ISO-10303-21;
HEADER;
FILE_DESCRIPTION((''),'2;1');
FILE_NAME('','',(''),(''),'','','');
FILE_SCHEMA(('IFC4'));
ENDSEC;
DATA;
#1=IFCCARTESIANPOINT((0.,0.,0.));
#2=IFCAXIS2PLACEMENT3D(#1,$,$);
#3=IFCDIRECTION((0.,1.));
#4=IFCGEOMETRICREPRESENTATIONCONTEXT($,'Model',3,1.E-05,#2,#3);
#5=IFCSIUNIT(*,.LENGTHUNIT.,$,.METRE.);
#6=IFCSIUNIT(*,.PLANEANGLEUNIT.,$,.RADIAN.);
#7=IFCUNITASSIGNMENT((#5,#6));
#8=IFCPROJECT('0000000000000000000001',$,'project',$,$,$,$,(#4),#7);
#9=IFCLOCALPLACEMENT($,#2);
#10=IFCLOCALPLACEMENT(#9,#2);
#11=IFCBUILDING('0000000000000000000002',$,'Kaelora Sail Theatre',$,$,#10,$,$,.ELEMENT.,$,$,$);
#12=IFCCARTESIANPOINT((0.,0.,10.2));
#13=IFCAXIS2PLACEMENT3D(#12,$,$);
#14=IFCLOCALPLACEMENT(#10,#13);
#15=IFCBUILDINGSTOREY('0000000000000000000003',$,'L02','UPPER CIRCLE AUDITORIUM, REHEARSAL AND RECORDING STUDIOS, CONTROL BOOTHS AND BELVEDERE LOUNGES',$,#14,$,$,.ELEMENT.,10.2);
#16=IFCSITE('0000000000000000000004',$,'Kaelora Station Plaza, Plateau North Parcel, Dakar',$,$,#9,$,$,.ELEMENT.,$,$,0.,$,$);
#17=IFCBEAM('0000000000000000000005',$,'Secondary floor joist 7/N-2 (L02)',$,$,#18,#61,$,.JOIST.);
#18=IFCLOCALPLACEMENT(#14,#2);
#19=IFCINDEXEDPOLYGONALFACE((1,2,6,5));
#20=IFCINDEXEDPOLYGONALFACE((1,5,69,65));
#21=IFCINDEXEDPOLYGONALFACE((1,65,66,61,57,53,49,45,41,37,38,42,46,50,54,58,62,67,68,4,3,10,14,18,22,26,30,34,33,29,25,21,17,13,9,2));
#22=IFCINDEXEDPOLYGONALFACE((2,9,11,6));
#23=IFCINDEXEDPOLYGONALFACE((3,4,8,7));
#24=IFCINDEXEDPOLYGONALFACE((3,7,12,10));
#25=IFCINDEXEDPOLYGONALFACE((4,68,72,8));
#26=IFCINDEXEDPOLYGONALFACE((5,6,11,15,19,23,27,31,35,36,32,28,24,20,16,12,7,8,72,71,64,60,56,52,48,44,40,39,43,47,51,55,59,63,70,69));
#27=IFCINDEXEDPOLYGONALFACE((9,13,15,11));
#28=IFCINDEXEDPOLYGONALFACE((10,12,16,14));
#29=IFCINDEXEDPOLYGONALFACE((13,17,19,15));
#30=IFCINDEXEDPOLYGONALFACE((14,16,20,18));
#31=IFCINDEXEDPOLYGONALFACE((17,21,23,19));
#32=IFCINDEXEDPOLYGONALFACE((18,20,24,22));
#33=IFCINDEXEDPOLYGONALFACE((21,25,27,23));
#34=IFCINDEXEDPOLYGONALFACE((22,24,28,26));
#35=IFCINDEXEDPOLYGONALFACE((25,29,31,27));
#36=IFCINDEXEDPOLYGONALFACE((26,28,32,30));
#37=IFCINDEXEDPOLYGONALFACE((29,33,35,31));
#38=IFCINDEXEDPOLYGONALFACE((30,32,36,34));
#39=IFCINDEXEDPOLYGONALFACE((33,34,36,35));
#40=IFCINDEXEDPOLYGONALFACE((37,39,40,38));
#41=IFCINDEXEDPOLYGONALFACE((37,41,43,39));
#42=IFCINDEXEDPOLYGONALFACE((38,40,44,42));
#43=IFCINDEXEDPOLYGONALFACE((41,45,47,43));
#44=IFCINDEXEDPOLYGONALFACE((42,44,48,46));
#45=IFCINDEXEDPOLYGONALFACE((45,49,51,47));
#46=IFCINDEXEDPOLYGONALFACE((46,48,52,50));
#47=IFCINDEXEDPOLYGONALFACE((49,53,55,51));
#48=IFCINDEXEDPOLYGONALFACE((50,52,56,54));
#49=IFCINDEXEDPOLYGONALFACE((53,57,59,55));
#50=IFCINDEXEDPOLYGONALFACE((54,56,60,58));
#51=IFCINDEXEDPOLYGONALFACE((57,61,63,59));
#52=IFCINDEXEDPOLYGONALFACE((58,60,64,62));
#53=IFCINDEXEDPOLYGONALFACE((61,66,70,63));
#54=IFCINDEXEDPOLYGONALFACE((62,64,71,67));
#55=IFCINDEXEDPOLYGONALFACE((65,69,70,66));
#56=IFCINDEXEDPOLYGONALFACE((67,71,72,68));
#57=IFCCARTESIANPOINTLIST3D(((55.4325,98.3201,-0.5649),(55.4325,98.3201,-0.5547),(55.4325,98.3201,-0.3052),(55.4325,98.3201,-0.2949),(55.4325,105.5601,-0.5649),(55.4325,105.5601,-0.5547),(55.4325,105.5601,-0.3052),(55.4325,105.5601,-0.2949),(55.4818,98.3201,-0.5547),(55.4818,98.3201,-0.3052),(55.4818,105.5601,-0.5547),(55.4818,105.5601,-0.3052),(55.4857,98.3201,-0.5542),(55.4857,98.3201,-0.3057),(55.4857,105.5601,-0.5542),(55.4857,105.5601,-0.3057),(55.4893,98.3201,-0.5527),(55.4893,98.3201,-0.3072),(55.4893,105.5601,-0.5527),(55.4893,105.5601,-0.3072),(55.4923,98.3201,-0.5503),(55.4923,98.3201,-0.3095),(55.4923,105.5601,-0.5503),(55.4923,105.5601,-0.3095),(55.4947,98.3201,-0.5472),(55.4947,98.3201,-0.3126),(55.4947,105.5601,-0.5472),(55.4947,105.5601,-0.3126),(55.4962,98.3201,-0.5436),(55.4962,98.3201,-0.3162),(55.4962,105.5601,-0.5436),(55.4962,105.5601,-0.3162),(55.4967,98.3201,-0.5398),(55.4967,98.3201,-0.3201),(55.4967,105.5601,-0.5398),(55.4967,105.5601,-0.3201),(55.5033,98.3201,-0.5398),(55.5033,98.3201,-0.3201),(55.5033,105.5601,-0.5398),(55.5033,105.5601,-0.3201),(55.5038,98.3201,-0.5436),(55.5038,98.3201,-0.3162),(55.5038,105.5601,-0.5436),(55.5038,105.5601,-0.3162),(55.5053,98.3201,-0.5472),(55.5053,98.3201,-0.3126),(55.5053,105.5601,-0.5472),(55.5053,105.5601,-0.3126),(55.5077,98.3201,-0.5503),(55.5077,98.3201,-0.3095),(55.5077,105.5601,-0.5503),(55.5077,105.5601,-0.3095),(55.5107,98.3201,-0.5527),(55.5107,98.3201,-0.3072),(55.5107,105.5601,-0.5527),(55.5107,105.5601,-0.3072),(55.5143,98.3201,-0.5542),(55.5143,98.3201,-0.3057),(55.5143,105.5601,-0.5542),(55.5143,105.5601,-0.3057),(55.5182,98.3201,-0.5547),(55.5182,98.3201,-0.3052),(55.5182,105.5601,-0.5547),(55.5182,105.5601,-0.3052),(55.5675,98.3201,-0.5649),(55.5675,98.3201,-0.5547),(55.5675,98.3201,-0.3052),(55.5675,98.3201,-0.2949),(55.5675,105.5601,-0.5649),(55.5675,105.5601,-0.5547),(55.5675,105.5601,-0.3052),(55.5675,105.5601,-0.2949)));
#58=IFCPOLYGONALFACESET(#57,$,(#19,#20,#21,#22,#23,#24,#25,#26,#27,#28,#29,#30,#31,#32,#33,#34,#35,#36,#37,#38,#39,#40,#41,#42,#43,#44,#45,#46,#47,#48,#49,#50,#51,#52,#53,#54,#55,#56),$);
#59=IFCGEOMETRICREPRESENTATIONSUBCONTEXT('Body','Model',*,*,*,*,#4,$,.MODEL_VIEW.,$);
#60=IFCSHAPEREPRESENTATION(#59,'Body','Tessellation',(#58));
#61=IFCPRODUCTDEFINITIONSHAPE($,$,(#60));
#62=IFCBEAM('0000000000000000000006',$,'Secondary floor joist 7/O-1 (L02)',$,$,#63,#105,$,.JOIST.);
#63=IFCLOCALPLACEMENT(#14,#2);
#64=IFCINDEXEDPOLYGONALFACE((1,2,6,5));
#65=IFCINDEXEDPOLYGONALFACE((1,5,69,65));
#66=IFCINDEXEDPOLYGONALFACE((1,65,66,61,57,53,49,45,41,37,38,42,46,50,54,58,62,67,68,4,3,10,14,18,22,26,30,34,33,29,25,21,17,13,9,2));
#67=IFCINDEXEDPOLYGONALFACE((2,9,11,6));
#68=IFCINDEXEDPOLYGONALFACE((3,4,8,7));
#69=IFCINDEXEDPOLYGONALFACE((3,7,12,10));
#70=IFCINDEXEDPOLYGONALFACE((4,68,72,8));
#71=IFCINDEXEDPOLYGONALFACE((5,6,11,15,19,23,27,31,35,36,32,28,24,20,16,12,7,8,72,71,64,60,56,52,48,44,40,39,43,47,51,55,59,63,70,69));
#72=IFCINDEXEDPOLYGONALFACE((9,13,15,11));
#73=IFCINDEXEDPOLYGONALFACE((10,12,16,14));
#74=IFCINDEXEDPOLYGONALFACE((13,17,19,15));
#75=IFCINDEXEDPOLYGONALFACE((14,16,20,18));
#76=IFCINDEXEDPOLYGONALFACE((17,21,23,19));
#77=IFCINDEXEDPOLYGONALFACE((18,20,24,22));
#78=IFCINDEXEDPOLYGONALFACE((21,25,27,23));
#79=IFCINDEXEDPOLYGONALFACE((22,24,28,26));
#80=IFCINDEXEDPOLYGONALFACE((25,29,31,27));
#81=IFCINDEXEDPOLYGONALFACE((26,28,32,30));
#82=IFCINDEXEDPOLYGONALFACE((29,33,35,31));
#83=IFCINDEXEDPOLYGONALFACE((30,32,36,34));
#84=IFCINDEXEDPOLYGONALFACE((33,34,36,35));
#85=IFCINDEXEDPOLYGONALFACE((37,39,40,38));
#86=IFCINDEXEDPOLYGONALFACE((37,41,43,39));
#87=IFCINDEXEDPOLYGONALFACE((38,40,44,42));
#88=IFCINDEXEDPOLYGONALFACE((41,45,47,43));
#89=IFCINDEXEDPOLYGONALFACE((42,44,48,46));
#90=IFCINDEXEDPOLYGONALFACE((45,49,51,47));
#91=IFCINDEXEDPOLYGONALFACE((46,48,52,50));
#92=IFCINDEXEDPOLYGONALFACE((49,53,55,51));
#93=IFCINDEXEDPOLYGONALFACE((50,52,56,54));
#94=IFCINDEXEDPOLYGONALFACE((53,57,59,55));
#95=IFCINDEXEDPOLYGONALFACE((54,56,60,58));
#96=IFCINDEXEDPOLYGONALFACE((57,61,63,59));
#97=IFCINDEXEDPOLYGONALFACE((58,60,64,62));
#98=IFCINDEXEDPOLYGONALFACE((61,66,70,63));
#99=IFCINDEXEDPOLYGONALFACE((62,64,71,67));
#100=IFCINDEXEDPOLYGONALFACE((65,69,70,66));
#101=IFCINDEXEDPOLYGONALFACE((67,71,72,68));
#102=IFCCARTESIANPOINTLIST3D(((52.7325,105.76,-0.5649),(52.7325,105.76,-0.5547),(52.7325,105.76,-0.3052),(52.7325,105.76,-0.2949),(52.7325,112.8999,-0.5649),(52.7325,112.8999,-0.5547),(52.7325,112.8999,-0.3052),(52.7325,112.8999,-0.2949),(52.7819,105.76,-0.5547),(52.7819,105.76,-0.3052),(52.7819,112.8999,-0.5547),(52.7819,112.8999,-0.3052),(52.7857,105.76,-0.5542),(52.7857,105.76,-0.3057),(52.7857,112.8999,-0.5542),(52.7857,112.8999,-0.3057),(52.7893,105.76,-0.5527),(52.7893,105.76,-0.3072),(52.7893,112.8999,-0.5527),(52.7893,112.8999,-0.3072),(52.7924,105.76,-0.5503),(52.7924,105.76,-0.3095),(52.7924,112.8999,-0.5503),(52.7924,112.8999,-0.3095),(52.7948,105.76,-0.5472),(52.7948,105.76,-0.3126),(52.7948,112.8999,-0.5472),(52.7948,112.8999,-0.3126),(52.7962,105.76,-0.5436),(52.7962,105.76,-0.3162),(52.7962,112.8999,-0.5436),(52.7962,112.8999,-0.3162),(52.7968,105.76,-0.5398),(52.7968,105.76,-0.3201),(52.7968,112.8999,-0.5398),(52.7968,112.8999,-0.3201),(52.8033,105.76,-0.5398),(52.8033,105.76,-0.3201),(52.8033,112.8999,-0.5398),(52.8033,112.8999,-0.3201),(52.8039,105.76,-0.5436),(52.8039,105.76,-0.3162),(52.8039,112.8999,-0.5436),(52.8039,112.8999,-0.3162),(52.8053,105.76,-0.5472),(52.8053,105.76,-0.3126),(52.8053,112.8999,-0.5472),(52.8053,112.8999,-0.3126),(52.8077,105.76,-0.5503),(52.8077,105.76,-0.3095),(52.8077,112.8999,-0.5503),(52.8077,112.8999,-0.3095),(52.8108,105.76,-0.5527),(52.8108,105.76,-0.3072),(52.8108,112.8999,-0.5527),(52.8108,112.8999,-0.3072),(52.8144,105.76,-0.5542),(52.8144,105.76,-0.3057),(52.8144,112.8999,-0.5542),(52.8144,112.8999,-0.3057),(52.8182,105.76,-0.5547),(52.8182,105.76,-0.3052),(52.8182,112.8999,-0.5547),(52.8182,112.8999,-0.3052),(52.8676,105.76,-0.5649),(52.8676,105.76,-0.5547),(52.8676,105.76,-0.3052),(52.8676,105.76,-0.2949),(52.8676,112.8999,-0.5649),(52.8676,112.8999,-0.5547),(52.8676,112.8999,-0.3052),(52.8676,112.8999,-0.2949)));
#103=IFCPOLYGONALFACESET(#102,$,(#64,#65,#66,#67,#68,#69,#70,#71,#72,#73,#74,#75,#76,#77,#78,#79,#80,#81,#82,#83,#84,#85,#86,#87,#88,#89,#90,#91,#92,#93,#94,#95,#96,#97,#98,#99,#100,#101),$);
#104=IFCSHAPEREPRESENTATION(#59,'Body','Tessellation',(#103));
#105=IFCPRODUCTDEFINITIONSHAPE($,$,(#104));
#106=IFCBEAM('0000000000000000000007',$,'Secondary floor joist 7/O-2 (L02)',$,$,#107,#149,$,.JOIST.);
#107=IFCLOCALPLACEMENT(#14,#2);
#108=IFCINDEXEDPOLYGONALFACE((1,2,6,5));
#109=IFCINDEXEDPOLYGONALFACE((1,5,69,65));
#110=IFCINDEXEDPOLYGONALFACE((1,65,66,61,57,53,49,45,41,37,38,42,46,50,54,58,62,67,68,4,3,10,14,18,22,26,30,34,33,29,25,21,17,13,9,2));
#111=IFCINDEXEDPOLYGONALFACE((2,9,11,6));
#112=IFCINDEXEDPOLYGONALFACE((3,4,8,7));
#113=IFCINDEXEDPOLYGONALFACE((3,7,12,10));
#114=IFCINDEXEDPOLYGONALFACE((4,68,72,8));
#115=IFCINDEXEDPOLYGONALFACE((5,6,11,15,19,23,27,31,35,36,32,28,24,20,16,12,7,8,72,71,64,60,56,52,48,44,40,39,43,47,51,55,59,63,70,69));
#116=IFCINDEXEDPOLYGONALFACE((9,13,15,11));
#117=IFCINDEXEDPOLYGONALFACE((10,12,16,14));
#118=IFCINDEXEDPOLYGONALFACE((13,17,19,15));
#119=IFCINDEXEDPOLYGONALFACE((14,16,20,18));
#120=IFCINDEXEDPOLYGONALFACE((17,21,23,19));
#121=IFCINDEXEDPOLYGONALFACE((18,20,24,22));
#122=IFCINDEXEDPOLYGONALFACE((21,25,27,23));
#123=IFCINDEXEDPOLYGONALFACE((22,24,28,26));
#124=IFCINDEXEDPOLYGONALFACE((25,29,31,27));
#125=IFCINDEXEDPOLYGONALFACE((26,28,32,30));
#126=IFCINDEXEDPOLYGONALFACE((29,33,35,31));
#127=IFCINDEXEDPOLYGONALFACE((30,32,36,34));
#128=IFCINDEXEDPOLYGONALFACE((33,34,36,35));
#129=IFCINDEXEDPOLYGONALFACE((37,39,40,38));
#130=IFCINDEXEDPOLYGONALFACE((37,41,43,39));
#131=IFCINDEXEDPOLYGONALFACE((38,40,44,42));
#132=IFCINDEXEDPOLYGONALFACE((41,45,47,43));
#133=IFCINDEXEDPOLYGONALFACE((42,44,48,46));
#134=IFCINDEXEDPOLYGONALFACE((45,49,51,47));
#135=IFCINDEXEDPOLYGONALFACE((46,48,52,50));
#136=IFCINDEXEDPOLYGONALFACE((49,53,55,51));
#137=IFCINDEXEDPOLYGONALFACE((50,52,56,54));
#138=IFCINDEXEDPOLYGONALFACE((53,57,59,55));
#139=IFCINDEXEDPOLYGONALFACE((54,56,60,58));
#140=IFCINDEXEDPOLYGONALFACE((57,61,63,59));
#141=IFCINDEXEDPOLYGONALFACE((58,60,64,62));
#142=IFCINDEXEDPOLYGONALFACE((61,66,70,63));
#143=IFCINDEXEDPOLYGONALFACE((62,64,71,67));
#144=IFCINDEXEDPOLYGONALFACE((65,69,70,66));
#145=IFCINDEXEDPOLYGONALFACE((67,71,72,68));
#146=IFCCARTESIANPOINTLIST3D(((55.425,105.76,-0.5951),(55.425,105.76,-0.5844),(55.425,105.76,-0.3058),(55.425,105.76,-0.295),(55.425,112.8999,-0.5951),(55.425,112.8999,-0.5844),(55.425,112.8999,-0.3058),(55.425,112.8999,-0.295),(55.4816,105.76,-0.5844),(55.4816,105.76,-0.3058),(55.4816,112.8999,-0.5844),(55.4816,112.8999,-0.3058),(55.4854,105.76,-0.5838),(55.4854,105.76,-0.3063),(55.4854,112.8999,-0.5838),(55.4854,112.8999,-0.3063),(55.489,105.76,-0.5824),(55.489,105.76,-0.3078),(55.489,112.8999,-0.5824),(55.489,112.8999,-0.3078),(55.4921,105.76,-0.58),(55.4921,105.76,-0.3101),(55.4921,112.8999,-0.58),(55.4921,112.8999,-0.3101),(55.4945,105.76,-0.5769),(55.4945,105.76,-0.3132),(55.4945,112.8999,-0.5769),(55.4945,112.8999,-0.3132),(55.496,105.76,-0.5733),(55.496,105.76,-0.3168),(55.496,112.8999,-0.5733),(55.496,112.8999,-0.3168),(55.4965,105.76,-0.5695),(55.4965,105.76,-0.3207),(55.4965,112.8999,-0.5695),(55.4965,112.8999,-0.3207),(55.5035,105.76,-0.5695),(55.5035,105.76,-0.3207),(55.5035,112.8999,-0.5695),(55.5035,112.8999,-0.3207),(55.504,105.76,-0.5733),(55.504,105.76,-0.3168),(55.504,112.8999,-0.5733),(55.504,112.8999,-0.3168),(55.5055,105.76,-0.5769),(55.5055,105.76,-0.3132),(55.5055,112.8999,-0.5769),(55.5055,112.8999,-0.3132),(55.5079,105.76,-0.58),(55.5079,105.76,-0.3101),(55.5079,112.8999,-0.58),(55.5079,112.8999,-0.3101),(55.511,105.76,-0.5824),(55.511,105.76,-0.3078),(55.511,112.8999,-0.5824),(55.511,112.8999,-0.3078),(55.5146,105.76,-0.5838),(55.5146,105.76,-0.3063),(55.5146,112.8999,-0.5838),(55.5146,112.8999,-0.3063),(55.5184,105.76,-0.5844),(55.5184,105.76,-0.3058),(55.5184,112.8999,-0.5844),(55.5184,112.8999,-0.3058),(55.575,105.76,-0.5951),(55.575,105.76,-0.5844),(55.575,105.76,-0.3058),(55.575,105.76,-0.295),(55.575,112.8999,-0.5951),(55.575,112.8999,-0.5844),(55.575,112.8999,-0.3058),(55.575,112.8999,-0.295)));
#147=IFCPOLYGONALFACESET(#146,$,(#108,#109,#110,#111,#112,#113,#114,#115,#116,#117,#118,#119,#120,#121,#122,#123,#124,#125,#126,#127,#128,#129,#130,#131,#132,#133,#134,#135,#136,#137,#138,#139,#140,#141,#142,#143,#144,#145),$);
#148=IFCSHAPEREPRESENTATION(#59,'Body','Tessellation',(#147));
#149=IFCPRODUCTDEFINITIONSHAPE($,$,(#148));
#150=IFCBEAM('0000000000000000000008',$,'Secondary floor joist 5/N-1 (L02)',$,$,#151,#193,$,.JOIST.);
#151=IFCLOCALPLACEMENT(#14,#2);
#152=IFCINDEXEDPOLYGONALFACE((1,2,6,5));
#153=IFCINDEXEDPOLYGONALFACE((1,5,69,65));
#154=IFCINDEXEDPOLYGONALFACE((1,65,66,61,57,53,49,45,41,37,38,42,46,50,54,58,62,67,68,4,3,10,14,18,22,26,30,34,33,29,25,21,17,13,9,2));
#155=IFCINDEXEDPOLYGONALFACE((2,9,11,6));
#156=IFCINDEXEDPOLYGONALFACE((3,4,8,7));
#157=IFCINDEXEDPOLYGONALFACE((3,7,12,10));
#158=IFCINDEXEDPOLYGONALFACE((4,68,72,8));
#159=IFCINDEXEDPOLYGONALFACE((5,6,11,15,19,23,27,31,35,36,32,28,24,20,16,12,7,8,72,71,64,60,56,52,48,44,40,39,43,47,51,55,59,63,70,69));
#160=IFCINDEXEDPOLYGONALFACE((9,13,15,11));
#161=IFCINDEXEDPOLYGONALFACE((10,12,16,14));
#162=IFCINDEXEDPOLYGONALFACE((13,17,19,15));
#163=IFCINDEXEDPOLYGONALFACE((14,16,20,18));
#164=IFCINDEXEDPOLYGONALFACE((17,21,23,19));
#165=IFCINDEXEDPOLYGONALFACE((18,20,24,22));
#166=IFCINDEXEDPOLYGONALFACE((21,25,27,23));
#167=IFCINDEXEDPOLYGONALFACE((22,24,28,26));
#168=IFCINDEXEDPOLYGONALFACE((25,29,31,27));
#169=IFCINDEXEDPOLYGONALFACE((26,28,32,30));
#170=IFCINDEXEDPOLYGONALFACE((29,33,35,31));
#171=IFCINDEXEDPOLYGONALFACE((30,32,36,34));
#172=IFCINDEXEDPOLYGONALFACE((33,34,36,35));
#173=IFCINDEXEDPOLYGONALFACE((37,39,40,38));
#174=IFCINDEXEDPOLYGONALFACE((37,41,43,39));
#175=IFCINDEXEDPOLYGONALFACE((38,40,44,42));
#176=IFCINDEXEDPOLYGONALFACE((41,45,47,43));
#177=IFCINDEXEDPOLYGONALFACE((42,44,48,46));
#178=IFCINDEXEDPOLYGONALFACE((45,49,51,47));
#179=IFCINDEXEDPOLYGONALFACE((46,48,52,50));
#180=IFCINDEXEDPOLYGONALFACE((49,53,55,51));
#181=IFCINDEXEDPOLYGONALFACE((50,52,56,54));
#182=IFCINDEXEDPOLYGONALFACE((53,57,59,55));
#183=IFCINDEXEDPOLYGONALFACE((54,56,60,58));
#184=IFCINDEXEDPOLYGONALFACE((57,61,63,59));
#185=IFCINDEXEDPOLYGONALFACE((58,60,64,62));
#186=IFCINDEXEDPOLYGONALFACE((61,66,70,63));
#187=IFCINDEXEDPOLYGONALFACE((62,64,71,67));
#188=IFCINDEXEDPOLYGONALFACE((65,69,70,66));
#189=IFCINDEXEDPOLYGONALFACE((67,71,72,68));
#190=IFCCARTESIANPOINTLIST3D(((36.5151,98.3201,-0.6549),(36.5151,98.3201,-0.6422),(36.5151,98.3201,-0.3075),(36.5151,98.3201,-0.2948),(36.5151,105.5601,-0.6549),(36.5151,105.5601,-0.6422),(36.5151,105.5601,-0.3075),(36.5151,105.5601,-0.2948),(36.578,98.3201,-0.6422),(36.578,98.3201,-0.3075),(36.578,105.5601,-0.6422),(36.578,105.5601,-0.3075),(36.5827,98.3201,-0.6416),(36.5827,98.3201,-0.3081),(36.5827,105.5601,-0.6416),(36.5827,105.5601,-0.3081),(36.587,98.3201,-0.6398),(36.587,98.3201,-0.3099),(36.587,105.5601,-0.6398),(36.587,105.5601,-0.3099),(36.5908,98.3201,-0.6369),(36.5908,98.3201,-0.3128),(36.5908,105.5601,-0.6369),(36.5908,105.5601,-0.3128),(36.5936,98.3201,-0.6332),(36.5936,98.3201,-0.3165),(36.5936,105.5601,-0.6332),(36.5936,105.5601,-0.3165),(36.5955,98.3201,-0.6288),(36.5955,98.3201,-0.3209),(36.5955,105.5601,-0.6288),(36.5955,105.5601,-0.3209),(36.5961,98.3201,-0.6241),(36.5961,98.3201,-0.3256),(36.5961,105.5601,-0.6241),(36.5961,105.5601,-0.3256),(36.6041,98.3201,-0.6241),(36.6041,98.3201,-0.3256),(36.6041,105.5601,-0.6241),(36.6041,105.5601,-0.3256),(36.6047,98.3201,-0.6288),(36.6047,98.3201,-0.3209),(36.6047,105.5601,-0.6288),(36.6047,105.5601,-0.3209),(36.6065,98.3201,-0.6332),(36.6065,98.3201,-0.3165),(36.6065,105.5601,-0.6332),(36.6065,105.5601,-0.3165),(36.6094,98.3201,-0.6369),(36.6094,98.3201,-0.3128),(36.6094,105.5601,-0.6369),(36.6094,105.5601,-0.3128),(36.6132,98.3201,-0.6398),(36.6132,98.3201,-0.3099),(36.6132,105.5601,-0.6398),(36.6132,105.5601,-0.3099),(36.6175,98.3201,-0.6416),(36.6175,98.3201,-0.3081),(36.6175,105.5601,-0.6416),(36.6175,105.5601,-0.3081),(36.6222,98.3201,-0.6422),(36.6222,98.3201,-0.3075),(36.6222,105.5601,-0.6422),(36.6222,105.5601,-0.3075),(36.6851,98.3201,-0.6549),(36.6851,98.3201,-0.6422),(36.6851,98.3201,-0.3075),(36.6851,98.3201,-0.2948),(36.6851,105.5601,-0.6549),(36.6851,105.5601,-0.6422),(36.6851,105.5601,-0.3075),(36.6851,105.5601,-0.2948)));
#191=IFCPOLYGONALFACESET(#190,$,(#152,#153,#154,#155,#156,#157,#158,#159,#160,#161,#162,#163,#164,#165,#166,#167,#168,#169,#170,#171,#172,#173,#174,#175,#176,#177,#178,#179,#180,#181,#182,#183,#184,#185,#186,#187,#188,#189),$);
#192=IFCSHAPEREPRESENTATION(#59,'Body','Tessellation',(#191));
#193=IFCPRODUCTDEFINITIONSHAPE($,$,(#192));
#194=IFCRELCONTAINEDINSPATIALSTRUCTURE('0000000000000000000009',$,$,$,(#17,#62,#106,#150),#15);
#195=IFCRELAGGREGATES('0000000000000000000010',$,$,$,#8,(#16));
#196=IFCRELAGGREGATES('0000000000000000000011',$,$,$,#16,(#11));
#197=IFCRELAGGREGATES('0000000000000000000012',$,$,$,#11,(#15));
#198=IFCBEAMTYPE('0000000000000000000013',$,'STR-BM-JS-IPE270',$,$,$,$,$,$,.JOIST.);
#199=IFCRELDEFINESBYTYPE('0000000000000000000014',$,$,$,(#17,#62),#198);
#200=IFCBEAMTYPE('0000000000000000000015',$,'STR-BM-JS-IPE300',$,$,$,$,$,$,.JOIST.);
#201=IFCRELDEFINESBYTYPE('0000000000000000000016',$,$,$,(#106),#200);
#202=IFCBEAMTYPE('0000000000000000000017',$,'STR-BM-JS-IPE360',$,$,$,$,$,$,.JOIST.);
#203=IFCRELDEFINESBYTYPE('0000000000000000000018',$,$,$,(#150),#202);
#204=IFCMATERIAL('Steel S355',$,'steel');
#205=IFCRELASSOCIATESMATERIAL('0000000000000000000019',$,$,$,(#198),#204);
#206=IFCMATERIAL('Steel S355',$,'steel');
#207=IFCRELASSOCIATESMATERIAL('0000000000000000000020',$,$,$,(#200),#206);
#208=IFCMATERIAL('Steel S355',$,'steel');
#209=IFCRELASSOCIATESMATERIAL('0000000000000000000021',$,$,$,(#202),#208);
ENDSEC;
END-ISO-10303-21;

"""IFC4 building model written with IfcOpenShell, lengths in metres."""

from ifc_helpers import new_model, si_unit, direction, frame, origin, origin_2d, place, context, subcontext, project, spatial, i_section, extrude, material, material_profile, profile_set, type_object, element, save


model = new_model("IFC4")

# Units and contexts
model_context = context("Model", 3, precision=1e-05, world=origin(), true_north=direction((0.0, 1.0)))
body_context = subcontext(model_context, "Body", "Model", "MODEL_VIEW")
ifc_project = project(units=[si_unit("LENGTHUNIT", "METRE"), si_unit("PLANEANGLEUNIT", "RADIAN")], contexts=[model_context])

# Site, building, storey
site_placement = place(None, origin())
site = spatial("IfcSite", under=ifc_project, at=site_placement, Name="Kaelora Station Plaza, Plateau North Parcel, Dakar", CompositionType="ELEMENT", RefElevation=0.0)
building_placement = place(site_placement, origin())
building = spatial("IfcBuilding", under=site, at=building_placement, Name="Kaelora Sail Theatre", CompositionType="ELEMENT")
storey_placement = place(building_placement, frame((0.0, 0.0, 10.2)))
storey = spatial("IfcBuildingStorey", under=building, at=storey_placement, Name="L02", Description="UPPER CIRCLE AUDITORIUM, REHEARSAL AND RECORDING STUDIOS, CONTROL BOOTHS AND BELVEDERE LOUNGES", CompositionType="ELEMENT", Elevation=10.2)

# Beams
ifc_material_1 = material(Name="Steel S355", Category="steel")
ifc_material_profile_1 = material_profile(ifc_material_1, i_section(OverallWidth=0.135, OverallDepth=0.27, WebThickness=0.0066, FlangeThickness=0.0103, FilletRadius=0.0149, at=origin_2d()), Name="IPE 270")
ifc_profile_set_1 = profile_set([ifc_material_profile_1], Name="Steel S355")
beam_type_1 = type_object("IfcBeamType", Name="STR-BM-JS-IPE270", PredefinedType="JOIST", material=ifc_profile_set_1)
beam_1_placement = place(storey_placement, frame((55.5, 98.3201, -0.4299), z_axis=(0.0, 1.0, 0.0), x_axis=(-1.0, 0.0, 0.0)))
element("IfcBeam", 1, at=beam_1_placement, inside=storey, type_object=beam_type_1, Name="Secondary floor joist 7/N-2 (L02)", PredefinedType="JOIST", context=body_context, shape_type="SweptSolid", body=[
    extrude(i_section(OverallWidth=0.135, OverallDepth=0.27, WebThickness=0.0066, FlangeThickness=0.0103, FilletRadius=0.0149, at=origin_2d()), origin(), (0.0, 0.0, 1.0), 7.24),
])
beam_2_placement = place(storey_placement, frame((52.8, 105.76, -0.4299), z_axis=(0.0, 1.0, 0.0), x_axis=(-1.0, 0.0, 0.0)))
element("IfcBeam", 2, at=beam_2_placement, inside=storey, type_object=beam_type_1, Name="Secondary floor joist 7/O-1 (L02)", PredefinedType="JOIST", context=body_context, shape_type="SweptSolid", body=[
    extrude(i_section(OverallWidth=0.135, OverallDepth=0.27, WebThickness=0.0066, FlangeThickness=0.0103, FilletRadius=0.0149, at=origin_2d()), origin(), (0.0, 0.0, 1.0), 7.1399),
])
ifc_material_2 = material(Name="Steel S355", Category="steel")
ifc_material_profile_2 = material_profile(ifc_material_2, i_section(OverallWidth=0.1499, OverallDepth=0.3, WebThickness=0.0071, FlangeThickness=0.0107, FilletRadius=0.0149, at=origin_2d()), Name="IPE 300")
ifc_profile_set_2 = profile_set([ifc_material_profile_2], Name="Steel S355")
beam_type_2 = type_object("IfcBeamType", Name="STR-BM-JS-IPE300", PredefinedType="JOIST", material=ifc_profile_set_2)
beam_3_placement = place(storey_placement, frame((55.5, 105.76, -0.4451), z_axis=(0.0, 1.0, 0.0), x_axis=(-1.0, 0.0, 0.0)))
element("IfcBeam", 3, at=beam_3_placement, inside=storey, type_object=beam_type_2, Name="Secondary floor joist 7/O-2 (L02)", PredefinedType="JOIST", context=body_context, shape_type="SweptSolid", body=[
    extrude(i_section(OverallWidth=0.1499, OverallDepth=0.3, WebThickness=0.0071, FlangeThickness=0.0107, FilletRadius=0.0149, at=origin_2d()), origin(), (0.0, 0.0, 1.0), 7.1399),
])
ifc_material_3 = material(Name="Steel S355", Category="steel")
ifc_material_profile_3 = material_profile(ifc_material_3, i_section(OverallWidth=0.1699, OverallDepth=0.3601, WebThickness=0.0081, FlangeThickness=0.0127, FilletRadius=0.0181, at=origin_2d()), Name="IPE 360")
ifc_profile_set_3 = profile_set([ifc_material_profile_3], Name="Steel S355")
beam_type_3 = type_object("IfcBeamType", Name="STR-BM-JS-IPE360", PredefinedType="JOIST", material=ifc_profile_set_3)
beam_4_placement = place(storey_placement, frame((36.6001, 98.3201, -0.4749), z_axis=(0.0, 1.0, 0.0), x_axis=(-1.0, 0.0, 0.0)))
element("IfcBeam", 4, at=beam_4_placement, inside=storey, type_object=beam_type_3, Name="Secondary floor joist 5/N-1 (L02)", PredefinedType="JOIST", context=body_context, shape_type="SweptSolid", body=[
    extrude(i_section(OverallWidth=0.1699, OverallDepth=0.3601, WebThickness=0.0081, FlangeThickness=0.0127, FilletRadius=0.0181, at=origin_2d()), origin(), (0.0, 0.0, 1.0), 7.24),
])

save(model, "model.ifc")
